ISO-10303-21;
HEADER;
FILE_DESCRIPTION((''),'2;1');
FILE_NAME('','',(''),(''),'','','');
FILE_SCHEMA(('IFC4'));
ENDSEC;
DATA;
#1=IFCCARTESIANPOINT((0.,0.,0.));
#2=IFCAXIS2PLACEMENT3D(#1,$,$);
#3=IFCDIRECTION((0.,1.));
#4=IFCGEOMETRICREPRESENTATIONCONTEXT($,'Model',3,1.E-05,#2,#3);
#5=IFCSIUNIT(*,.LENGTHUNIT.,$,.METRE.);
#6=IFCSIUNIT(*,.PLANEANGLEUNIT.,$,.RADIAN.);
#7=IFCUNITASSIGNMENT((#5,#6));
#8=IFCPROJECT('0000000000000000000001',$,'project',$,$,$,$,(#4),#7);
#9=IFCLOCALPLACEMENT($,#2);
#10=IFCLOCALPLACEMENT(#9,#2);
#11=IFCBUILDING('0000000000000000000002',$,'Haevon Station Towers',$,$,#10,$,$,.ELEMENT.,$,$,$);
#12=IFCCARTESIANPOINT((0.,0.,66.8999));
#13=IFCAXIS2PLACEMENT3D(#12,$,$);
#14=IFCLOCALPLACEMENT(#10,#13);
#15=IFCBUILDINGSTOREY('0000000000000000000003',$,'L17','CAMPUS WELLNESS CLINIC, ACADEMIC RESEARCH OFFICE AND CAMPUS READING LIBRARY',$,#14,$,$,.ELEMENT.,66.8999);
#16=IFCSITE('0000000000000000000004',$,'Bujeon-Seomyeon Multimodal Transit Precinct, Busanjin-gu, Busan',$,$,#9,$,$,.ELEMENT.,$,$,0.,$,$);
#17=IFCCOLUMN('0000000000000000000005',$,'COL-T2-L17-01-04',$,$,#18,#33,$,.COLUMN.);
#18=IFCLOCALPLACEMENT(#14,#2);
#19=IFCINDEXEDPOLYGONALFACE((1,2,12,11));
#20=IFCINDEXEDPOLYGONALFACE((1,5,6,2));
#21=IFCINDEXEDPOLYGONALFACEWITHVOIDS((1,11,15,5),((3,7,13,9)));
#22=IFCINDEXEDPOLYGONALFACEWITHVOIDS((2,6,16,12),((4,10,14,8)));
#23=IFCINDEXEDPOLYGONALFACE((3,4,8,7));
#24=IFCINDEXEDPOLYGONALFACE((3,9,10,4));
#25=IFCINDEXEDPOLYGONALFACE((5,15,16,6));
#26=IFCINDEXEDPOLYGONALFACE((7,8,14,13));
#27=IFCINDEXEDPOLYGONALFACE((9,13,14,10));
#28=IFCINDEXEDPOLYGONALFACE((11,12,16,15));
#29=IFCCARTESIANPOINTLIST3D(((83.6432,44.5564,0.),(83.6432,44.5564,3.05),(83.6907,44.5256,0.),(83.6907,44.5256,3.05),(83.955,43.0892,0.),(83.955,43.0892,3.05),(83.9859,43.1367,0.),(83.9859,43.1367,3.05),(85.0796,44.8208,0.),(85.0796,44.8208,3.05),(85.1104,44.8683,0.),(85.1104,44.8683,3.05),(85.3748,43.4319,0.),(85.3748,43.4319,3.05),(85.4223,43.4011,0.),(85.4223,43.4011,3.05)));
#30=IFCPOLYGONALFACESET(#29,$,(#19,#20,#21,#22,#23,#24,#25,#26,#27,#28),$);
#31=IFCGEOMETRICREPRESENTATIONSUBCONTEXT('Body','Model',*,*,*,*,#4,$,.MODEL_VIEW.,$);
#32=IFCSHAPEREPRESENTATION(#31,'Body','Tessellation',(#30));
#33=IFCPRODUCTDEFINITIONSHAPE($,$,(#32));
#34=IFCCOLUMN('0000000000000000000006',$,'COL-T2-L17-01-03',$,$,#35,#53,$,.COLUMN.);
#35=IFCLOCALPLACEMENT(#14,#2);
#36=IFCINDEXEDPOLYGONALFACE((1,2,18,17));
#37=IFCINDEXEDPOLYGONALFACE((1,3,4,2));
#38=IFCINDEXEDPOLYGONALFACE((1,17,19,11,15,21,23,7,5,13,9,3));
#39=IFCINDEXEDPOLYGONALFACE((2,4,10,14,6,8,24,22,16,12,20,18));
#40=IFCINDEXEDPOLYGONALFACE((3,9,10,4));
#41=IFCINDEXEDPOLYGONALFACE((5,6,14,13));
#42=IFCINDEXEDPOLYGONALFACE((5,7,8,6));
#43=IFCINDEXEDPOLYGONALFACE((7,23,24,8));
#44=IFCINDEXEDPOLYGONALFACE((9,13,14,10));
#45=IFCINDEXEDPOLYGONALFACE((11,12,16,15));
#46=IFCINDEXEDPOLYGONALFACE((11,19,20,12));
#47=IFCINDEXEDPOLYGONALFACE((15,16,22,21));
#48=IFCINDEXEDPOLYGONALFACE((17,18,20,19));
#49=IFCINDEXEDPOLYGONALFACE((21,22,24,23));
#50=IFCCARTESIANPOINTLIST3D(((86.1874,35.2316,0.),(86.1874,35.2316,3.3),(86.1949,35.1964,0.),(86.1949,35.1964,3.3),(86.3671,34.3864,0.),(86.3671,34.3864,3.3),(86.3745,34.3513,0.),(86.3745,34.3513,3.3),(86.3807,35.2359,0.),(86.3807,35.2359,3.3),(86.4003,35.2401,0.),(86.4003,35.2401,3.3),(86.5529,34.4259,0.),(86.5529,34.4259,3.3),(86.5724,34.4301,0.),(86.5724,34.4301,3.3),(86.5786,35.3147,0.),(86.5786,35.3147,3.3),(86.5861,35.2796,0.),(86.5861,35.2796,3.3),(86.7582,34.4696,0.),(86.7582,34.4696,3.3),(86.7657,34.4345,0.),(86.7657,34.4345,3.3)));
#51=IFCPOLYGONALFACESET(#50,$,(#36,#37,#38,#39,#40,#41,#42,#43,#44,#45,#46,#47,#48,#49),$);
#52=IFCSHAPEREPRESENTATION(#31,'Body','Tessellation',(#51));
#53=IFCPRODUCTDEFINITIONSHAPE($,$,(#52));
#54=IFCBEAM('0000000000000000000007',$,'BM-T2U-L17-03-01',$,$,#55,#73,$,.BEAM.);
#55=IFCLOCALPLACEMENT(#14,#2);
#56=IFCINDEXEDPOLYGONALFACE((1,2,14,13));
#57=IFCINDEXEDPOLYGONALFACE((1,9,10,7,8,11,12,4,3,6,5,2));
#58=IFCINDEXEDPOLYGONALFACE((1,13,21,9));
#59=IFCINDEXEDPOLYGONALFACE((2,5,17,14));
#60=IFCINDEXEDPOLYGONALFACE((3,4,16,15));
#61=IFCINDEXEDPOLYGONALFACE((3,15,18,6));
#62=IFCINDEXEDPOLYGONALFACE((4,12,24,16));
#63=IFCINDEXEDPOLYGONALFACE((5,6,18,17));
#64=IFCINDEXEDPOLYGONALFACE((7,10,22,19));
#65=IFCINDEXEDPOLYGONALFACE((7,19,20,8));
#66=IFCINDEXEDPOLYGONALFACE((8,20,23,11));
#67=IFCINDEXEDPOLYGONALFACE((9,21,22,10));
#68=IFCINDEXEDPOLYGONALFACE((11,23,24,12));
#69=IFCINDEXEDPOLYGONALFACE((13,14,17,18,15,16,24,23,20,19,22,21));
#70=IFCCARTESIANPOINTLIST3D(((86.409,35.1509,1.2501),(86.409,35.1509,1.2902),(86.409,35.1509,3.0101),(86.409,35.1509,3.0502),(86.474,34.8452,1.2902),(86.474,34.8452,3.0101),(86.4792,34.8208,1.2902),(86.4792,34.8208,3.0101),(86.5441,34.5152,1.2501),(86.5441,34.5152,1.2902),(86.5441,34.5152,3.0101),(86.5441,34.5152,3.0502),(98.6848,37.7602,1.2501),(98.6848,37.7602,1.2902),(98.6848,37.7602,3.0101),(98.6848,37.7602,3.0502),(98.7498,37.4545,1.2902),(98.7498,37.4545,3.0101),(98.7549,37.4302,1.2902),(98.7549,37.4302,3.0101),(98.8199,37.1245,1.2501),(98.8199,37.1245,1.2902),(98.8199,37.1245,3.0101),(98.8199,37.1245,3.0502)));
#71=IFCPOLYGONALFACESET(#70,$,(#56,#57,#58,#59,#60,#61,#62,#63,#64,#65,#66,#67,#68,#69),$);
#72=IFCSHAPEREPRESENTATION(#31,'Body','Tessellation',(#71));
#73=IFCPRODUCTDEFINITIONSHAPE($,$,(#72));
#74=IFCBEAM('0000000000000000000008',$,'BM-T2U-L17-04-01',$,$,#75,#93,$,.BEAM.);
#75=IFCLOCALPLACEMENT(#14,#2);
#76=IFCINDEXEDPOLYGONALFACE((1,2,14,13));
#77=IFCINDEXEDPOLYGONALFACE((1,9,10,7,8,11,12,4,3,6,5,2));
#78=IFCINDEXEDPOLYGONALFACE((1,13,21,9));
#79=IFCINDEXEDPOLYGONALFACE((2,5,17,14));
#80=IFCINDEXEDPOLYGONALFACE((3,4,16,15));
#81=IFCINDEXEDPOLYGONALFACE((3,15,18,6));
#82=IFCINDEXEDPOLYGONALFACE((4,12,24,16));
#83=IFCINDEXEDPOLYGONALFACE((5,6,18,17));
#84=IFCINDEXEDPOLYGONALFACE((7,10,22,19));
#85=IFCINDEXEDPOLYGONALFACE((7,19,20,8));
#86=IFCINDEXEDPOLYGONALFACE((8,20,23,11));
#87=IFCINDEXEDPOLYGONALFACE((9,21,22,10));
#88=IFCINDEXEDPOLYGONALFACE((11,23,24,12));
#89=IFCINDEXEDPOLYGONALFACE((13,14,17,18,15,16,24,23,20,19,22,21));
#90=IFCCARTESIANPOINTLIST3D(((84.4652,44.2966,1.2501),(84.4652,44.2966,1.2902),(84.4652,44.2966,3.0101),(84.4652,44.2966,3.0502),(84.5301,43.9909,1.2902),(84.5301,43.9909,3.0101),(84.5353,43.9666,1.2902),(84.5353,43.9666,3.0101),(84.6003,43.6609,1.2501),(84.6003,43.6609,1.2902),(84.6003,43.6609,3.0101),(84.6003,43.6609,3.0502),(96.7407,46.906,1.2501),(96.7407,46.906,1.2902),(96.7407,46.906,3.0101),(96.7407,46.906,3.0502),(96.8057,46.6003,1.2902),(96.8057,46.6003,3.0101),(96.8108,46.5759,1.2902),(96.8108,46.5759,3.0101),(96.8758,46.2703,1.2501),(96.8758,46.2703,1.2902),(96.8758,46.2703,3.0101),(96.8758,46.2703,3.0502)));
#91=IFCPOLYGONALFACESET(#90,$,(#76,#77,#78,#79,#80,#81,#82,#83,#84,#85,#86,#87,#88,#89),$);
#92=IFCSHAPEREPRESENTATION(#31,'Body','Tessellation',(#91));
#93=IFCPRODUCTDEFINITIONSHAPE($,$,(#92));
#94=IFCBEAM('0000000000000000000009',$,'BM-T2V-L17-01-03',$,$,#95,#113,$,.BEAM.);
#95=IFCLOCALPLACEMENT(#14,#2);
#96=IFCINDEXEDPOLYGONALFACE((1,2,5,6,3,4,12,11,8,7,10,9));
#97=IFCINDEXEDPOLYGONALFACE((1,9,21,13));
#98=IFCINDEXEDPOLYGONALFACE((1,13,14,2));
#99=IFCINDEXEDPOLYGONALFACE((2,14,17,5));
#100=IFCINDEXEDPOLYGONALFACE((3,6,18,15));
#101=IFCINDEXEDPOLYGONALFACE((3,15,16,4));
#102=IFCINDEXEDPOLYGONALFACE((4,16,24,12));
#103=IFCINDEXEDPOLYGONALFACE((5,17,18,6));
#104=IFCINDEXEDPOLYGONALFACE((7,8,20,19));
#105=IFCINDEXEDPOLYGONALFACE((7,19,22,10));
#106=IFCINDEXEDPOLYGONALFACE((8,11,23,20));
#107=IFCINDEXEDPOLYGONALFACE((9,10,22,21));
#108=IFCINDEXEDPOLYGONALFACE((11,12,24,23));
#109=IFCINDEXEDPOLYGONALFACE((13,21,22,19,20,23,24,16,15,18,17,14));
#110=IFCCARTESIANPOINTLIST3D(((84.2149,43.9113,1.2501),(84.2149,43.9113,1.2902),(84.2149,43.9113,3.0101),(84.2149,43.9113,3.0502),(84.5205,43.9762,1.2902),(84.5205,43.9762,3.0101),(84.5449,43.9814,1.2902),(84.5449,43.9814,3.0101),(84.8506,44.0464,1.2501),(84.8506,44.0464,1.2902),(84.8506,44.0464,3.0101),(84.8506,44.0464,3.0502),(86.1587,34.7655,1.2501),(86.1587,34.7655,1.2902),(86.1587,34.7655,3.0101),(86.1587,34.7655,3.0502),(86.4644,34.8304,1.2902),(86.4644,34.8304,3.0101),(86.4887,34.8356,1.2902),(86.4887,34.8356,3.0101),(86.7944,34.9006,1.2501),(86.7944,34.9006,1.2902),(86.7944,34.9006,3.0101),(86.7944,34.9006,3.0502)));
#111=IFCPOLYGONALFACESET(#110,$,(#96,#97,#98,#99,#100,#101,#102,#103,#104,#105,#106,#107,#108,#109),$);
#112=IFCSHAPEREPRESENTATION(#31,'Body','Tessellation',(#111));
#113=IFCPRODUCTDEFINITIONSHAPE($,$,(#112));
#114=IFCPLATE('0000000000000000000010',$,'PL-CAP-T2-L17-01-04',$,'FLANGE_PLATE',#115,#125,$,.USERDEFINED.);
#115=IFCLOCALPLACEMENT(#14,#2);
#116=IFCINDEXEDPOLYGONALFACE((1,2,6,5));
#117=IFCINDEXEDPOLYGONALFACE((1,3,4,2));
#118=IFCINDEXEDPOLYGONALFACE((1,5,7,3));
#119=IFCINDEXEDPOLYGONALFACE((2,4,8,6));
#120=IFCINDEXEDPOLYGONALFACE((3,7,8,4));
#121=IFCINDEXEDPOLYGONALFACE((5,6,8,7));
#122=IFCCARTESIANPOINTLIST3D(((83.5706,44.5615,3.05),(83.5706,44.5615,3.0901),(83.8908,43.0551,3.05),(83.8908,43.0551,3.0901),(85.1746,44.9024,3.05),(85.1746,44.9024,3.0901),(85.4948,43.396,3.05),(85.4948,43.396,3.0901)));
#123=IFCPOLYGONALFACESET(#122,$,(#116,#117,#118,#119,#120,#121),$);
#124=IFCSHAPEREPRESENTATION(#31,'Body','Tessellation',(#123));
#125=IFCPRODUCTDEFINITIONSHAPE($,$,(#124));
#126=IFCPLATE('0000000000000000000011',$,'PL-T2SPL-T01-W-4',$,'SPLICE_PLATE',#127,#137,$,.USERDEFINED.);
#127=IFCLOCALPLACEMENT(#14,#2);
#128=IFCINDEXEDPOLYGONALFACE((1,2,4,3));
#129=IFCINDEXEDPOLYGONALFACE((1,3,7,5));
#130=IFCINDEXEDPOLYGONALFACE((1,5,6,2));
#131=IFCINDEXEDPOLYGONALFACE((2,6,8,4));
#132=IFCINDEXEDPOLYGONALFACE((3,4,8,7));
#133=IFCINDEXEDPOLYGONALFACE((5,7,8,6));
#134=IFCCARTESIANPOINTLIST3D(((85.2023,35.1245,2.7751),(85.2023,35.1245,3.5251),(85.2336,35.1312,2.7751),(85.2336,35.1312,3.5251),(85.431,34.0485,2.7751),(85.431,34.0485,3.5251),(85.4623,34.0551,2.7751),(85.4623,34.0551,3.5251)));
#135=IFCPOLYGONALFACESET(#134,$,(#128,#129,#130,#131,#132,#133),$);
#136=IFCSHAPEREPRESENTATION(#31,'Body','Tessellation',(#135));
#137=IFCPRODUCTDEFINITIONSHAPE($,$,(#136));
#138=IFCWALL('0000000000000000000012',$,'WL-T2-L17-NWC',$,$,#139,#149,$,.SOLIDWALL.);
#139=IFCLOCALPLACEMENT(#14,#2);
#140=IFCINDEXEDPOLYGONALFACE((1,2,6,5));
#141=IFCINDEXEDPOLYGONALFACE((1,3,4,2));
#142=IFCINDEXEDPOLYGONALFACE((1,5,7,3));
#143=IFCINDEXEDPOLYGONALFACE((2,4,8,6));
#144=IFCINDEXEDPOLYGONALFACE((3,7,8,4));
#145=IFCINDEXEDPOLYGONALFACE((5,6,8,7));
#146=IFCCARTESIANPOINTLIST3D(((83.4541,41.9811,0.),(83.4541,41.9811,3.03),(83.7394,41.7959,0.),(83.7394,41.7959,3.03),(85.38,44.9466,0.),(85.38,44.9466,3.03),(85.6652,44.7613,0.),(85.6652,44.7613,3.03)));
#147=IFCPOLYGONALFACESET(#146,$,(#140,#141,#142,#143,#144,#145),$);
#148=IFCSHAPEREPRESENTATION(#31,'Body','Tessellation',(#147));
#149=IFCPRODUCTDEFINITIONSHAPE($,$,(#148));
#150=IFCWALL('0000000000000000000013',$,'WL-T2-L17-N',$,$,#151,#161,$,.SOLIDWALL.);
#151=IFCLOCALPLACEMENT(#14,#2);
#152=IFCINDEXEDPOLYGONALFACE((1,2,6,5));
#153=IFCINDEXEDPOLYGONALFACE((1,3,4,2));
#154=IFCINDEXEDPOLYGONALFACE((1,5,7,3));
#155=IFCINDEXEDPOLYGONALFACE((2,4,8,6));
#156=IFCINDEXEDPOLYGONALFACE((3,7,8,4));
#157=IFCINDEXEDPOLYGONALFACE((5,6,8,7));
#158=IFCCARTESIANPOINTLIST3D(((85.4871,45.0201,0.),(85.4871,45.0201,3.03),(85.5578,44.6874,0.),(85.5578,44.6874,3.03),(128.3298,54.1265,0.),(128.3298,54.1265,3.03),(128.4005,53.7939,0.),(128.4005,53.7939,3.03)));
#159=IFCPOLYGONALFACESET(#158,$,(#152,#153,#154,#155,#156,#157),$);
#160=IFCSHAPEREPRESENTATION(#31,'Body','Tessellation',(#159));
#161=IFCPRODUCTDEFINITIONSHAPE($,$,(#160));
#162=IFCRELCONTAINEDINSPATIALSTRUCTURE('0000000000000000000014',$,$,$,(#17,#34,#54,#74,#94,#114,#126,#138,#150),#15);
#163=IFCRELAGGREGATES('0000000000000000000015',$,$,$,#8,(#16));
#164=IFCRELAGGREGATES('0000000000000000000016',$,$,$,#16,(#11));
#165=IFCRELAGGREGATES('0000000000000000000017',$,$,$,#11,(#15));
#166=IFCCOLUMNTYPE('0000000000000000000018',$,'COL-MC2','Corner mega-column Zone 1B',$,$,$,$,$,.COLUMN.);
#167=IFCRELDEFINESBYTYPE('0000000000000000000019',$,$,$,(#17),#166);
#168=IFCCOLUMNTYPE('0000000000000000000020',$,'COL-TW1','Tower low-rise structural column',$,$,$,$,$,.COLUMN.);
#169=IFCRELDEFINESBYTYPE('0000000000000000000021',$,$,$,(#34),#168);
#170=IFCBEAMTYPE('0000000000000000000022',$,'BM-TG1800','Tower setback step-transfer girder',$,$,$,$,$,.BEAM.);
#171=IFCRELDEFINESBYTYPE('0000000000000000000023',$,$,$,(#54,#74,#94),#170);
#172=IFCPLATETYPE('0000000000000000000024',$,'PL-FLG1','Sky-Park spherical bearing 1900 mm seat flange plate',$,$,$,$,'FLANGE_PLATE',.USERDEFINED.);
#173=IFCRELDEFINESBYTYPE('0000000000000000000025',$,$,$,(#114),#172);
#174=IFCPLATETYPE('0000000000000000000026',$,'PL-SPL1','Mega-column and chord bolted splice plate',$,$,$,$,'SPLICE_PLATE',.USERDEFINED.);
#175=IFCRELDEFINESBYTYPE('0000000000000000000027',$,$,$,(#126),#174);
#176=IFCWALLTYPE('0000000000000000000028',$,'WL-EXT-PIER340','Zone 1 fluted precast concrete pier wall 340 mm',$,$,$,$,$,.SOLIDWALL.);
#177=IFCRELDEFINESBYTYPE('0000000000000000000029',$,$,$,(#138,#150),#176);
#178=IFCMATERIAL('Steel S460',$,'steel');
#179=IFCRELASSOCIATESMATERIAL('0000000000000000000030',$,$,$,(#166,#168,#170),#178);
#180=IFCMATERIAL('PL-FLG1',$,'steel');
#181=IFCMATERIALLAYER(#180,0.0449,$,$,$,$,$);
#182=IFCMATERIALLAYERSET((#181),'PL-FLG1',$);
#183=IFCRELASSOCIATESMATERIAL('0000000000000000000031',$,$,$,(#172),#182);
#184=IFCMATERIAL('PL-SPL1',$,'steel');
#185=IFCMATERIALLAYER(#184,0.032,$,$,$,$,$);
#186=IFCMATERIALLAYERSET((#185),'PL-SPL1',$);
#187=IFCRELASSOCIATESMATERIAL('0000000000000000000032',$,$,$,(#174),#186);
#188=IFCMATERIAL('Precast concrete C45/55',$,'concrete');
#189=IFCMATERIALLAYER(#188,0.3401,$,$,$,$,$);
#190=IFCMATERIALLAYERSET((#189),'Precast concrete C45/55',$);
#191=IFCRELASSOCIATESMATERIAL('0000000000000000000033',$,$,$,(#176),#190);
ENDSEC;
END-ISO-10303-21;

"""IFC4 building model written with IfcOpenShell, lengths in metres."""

from ifc_helpers import new_model, si_unit, direction, frame, frame_2d, origin, origin_2d, place, context, subcontext, project, spatial, rectangle, hollow_rectangle, i_section, extrude, material, layer, layer_set, material_profile, profile_set, type_object, element, save


model = new_model("IFC4")

# Units and contexts
model_context = context("Model", 3, precision=1e-05, world=origin(), true_north=direction((0.0, 1.0)))
body_context = subcontext(model_context, "Body", "Model", "MODEL_VIEW")
ifc_project = project(units=[si_unit("LENGTHUNIT", "METRE"), si_unit("PLANEANGLEUNIT", "RADIAN")], contexts=[model_context])

# Site, building, storey
site_placement = place(None, origin())
site = spatial("IfcSite", under=ifc_project, at=site_placement, Name="Bujeon-Seomyeon Multimodal Transit Precinct, Busanjin-gu, Busan", CompositionType="ELEMENT", RefElevation=0.0)
building_placement = place(site_placement, origin())
building = spatial("IfcBuilding", under=site, at=building_placement, Name="Haevon Station Towers", CompositionType="ELEMENT")
storey_placement = place(building_placement, frame((0.0, 0.0, 66.8999)))
storey = spatial("IfcBuildingStorey", under=building, at=storey_placement, Name="L17", Description="CAMPUS WELLNESS CLINIC, ACADEMIC RESEARCH OFFICE AND CAMPUS READING LIBRARY", CompositionType="ELEMENT", Elevation=66.8999)

# Columns
ifc_material_1 = material(Name="Steel S460", Category="steel")
ifc_material_profile_1 = material_profile(ifc_material_1, hollow_rectangle(XDim=1.5, YDim=1.5, WallThickness=0.04, at=origin_2d()), Name="BOX-1500x1500x40")
ifc_profile_set_1 = profile_set([ifc_material_profile_1], Name="Steel S460")
column_type_1 = type_object("IfcColumnType", Name="COL-MC2", Description="Corner mega-column Zone 1B", PredefinedType="COLUMN", material=ifc_profile_set_1)
column_1_placement = place(storey_placement, frame((84.5327, 43.9788, 0.0), z_axis=(0.0, 0.0, 1.0), x_axis=(0.978148, 0.207912, 0.0)))
element("IfcColumn", 1, at=column_1_placement, inside=storey, type_object=column_type_1, Name="COL-T2-L17-01-04", PredefinedType="COLUMN", context=body_context, shape_type="SweptSolid", body=[
    extrude(hollow_rectangle(XDim=1.5, YDim=1.5, WallThickness=0.04, at=origin_2d()), origin(), (0.0, 0.0, 1.0), 3.05),
])
ifc_material_profile_2 = material_profile(ifc_material_1, i_section(OverallWidth=0.3999, OverallDepth=0.8999, WebThickness=0.02, FlangeThickness=0.0359, at=origin_2d()), Name="H-900x400x20x36")
ifc_profile_set_2 = profile_set([ifc_material_profile_2], Name="Steel S460")
column_type_2 = type_object("IfcColumnType", Name="COL-TW1", Description="Tower low-rise structural column", PredefinedType="COLUMN", material=ifc_profile_set_2)
column_2_placement = place(storey_placement, frame((86.4766, 34.833, 0.0), z_axis=(0.0, 0.0, 1.0), x_axis=(0.978148, 0.207912, 0.0)))
element("IfcColumn", 2, at=column_2_placement, inside=storey, type_object=column_type_2, Name="COL-T2-L17-01-03", PredefinedType="COLUMN", context=body_context, shape_type="SweptSolid", body=[
    extrude(i_section(OverallWidth=0.3999, OverallDepth=0.8999, WebThickness=0.02, FlangeThickness=0.0359, at=origin_2d()), origin(), (0.0, 0.0, 1.0), 3.3),
])

# Beams
ifc_material_profile_3 = material_profile(ifc_material_1, i_section(OverallWidth=0.6499, OverallDepth=1.8, WebThickness=0.0249, FlangeThickness=0.04, at=origin_2d()), Name="H-1800x650x25x40")
ifc_profile_set_3 = profile_set([ifc_material_profile_3], Name="Steel S460")
beam_type = type_object("IfcBeamType", Name="BM-TG1800", Description="Tower setback step-transfer girder", PredefinedType="BEAM", material=ifc_profile_set_3)
beam_1_placement = place(storey_placement, frame((86.4766, 34.833, 2.1501), z_axis=(0.978147, 0.207916, 0.0), x_axis=(-0.207916, 0.978147, 0.0)))
element("IfcBeam", 3, at=beam_1_placement, inside=storey, type_object=beam_type, Name="BM-T2U-L17-03-01", PredefinedType="BEAM", context=body_context, shape_type="SweptSolid", body=[
    extrude(i_section(OverallWidth=0.6499, OverallDepth=1.8, WebThickness=0.0249, FlangeThickness=0.04, at=origin_2d()), origin(), (0.0, 0.0, 1.0), 12.55),
])
beam_2_placement = place(storey_placement, frame((84.5327, 43.9788, 2.1501), z_axis=(0.978146, 0.20792, 0.0), x_axis=(-0.20792, 0.978146, 0.0)))
element("IfcBeam", 4, at=beam_2_placement, inside=storey, type_object=beam_type, Name="BM-T2U-L17-04-01", PredefinedType="BEAM", context=body_context, shape_type="SweptSolid", body=[
    extrude(i_section(OverallWidth=0.6499, OverallDepth=1.8, WebThickness=0.0249, FlangeThickness=0.04, at=origin_2d()), origin(), (0.0, 0.0, 1.0), 12.5498),
])
beam_3_placement = place(storey_placement, frame((86.4766, 34.833, 2.1501), z_axis=(-0.207897, 0.978151, 0.0), x_axis=(-0.978151, -0.207897, 0.0)))
element("IfcBeam", 5, at=beam_3_placement, inside=storey, type_object=beam_type, Name="BM-T2V-L17-01-03", PredefinedType="BEAM", context=body_context, shape_type="SweptSolid", body=[
    extrude(i_section(OverallWidth=0.6499, OverallDepth=1.8, WebThickness=0.0249, FlangeThickness=0.04, at=origin_2d()), origin(), (0.0, 0.0, 1.0), 9.3501),
])

# Plates
ifc_material_2 = material(Name="PL-FLG1", Category="steel")
ifc_layer_1 = layer(ifc_material_2, 0.0449)
ifc_layer_set_1 = layer_set([ifc_layer_1], Name="PL-FLG1")
plate_type_1 = type_object("IfcPlateType", Name="PL-FLG1", Description="Sky-Park spherical bearing 1900 mm seat flange plate", ElementType="FLANGE_PLATE", PredefinedType="USERDEFINED", material=ifc_layer_set_1)
plate_1_placement = place(storey_placement, frame((84.5327, 43.9788, 3.05), z_axis=(0.0, 0.0, 1.0), x_axis=(0.978148, 0.207912, 0.0)))
element("IfcPlate", 6, at=plate_1_placement, inside=storey, type_object=plate_type_1, Name="PL-CAP-T2-L17-01-04", ObjectType="FLANGE_PLATE", PredefinedType="USERDEFINED", context=body_context, shape_type="SweptSolid", body=[
    extrude(rectangle(XDim=1.6399, YDim=1.54, at=origin_2d()), origin(), (0.0, 0.0, 1.0), 0.04),
])
ifc_material_3 = material(Name="PL-SPL1", Category="steel")
ifc_layer_2 = layer(ifc_material_3, 0.032)
ifc_layer_set_2 = layer_set([ifc_layer_2], Name="PL-SPL1")
plate_type_2 = type_object("IfcPlateType", Name="PL-SPL1", Description="Mega-column and chord bolted splice plate", ElementType="SPLICE_PLATE", PredefinedType="USERDEFINED", material=ifc_layer_set_2)
plate_2_placement = place(storey_placement, frame((85.3323, 34.5898, 2.7751), z_axis=(0.0, 0.0, 1.0), x_axis=(-0.207912, 0.978148, 0.0)))
element("IfcPlate", 7, at=plate_2_placement, inside=storey, type_object=plate_type_2, Name="PL-T2SPL-T01-W-4", ObjectType="SPLICE_PLATE", PredefinedType="USERDEFINED", context=body_context, shape_type="SweptSolid", body=[
    extrude(rectangle(XDim=1.1001, YDim=0.032, at=origin_2d()), origin(), (0.0, 0.0, 1.0), 0.75),
])

# Walls
ifc_material_4 = material(Name="Precast concrete C45/55", Category="concrete")
ifc_layer_3 = layer(ifc_material_4, 0.3401)
ifc_layer_set_3 = layer_set([ifc_layer_3], Name="Precast concrete C45/55")
wall_type = type_object("IfcWallType", Name="WL-EXT-PIER340", Description="Zone 1 fluted precast concrete pier wall 340 mm", PredefinedType="SOLIDWALL", material=ifc_layer_set_3)
wall_1_placement = place(storey_placement, frame((83.5967, 41.8884, 0.0), z_axis=(0.0, 0.0, 1.0), x_axis=(0.544653, 0.838661, 0.0)))
element("IfcWall", 8, at=wall_1_placement, inside=storey, type_object=wall_type, Name="WL-T2-L17-NWC", PredefinedType="SOLIDWALL", context=body_context, shape_type="SweptSolid", body=[
    extrude(rectangle(XDim=3.5359, YDim=0.3401, at=frame_2d((1.7681, 0.0))), origin(), (0.0, 0.0, 1.0), 3.03),
])
wall_2_placement = place(storey_placement, frame((85.5225, 44.8538, 0.0), z_axis=(0.0, 0.0, 1.0), x_axis=(0.978148, 0.20791, 0.0)))
element("IfcWall", 9, at=wall_2_placement, inside=storey, type_object=wall_type, Name="WL-T2-L17-N", PredefinedType="SOLIDWALL", context=body_context, shape_type="SweptSolid", body=[
    extrude(rectangle(XDim=43.7998, YDim=0.3401, at=frame_2d((21.8999, 0.0))), origin(), (0.0, 0.0, 1.0), 3.03),
])

save(model, "model.ifc")
